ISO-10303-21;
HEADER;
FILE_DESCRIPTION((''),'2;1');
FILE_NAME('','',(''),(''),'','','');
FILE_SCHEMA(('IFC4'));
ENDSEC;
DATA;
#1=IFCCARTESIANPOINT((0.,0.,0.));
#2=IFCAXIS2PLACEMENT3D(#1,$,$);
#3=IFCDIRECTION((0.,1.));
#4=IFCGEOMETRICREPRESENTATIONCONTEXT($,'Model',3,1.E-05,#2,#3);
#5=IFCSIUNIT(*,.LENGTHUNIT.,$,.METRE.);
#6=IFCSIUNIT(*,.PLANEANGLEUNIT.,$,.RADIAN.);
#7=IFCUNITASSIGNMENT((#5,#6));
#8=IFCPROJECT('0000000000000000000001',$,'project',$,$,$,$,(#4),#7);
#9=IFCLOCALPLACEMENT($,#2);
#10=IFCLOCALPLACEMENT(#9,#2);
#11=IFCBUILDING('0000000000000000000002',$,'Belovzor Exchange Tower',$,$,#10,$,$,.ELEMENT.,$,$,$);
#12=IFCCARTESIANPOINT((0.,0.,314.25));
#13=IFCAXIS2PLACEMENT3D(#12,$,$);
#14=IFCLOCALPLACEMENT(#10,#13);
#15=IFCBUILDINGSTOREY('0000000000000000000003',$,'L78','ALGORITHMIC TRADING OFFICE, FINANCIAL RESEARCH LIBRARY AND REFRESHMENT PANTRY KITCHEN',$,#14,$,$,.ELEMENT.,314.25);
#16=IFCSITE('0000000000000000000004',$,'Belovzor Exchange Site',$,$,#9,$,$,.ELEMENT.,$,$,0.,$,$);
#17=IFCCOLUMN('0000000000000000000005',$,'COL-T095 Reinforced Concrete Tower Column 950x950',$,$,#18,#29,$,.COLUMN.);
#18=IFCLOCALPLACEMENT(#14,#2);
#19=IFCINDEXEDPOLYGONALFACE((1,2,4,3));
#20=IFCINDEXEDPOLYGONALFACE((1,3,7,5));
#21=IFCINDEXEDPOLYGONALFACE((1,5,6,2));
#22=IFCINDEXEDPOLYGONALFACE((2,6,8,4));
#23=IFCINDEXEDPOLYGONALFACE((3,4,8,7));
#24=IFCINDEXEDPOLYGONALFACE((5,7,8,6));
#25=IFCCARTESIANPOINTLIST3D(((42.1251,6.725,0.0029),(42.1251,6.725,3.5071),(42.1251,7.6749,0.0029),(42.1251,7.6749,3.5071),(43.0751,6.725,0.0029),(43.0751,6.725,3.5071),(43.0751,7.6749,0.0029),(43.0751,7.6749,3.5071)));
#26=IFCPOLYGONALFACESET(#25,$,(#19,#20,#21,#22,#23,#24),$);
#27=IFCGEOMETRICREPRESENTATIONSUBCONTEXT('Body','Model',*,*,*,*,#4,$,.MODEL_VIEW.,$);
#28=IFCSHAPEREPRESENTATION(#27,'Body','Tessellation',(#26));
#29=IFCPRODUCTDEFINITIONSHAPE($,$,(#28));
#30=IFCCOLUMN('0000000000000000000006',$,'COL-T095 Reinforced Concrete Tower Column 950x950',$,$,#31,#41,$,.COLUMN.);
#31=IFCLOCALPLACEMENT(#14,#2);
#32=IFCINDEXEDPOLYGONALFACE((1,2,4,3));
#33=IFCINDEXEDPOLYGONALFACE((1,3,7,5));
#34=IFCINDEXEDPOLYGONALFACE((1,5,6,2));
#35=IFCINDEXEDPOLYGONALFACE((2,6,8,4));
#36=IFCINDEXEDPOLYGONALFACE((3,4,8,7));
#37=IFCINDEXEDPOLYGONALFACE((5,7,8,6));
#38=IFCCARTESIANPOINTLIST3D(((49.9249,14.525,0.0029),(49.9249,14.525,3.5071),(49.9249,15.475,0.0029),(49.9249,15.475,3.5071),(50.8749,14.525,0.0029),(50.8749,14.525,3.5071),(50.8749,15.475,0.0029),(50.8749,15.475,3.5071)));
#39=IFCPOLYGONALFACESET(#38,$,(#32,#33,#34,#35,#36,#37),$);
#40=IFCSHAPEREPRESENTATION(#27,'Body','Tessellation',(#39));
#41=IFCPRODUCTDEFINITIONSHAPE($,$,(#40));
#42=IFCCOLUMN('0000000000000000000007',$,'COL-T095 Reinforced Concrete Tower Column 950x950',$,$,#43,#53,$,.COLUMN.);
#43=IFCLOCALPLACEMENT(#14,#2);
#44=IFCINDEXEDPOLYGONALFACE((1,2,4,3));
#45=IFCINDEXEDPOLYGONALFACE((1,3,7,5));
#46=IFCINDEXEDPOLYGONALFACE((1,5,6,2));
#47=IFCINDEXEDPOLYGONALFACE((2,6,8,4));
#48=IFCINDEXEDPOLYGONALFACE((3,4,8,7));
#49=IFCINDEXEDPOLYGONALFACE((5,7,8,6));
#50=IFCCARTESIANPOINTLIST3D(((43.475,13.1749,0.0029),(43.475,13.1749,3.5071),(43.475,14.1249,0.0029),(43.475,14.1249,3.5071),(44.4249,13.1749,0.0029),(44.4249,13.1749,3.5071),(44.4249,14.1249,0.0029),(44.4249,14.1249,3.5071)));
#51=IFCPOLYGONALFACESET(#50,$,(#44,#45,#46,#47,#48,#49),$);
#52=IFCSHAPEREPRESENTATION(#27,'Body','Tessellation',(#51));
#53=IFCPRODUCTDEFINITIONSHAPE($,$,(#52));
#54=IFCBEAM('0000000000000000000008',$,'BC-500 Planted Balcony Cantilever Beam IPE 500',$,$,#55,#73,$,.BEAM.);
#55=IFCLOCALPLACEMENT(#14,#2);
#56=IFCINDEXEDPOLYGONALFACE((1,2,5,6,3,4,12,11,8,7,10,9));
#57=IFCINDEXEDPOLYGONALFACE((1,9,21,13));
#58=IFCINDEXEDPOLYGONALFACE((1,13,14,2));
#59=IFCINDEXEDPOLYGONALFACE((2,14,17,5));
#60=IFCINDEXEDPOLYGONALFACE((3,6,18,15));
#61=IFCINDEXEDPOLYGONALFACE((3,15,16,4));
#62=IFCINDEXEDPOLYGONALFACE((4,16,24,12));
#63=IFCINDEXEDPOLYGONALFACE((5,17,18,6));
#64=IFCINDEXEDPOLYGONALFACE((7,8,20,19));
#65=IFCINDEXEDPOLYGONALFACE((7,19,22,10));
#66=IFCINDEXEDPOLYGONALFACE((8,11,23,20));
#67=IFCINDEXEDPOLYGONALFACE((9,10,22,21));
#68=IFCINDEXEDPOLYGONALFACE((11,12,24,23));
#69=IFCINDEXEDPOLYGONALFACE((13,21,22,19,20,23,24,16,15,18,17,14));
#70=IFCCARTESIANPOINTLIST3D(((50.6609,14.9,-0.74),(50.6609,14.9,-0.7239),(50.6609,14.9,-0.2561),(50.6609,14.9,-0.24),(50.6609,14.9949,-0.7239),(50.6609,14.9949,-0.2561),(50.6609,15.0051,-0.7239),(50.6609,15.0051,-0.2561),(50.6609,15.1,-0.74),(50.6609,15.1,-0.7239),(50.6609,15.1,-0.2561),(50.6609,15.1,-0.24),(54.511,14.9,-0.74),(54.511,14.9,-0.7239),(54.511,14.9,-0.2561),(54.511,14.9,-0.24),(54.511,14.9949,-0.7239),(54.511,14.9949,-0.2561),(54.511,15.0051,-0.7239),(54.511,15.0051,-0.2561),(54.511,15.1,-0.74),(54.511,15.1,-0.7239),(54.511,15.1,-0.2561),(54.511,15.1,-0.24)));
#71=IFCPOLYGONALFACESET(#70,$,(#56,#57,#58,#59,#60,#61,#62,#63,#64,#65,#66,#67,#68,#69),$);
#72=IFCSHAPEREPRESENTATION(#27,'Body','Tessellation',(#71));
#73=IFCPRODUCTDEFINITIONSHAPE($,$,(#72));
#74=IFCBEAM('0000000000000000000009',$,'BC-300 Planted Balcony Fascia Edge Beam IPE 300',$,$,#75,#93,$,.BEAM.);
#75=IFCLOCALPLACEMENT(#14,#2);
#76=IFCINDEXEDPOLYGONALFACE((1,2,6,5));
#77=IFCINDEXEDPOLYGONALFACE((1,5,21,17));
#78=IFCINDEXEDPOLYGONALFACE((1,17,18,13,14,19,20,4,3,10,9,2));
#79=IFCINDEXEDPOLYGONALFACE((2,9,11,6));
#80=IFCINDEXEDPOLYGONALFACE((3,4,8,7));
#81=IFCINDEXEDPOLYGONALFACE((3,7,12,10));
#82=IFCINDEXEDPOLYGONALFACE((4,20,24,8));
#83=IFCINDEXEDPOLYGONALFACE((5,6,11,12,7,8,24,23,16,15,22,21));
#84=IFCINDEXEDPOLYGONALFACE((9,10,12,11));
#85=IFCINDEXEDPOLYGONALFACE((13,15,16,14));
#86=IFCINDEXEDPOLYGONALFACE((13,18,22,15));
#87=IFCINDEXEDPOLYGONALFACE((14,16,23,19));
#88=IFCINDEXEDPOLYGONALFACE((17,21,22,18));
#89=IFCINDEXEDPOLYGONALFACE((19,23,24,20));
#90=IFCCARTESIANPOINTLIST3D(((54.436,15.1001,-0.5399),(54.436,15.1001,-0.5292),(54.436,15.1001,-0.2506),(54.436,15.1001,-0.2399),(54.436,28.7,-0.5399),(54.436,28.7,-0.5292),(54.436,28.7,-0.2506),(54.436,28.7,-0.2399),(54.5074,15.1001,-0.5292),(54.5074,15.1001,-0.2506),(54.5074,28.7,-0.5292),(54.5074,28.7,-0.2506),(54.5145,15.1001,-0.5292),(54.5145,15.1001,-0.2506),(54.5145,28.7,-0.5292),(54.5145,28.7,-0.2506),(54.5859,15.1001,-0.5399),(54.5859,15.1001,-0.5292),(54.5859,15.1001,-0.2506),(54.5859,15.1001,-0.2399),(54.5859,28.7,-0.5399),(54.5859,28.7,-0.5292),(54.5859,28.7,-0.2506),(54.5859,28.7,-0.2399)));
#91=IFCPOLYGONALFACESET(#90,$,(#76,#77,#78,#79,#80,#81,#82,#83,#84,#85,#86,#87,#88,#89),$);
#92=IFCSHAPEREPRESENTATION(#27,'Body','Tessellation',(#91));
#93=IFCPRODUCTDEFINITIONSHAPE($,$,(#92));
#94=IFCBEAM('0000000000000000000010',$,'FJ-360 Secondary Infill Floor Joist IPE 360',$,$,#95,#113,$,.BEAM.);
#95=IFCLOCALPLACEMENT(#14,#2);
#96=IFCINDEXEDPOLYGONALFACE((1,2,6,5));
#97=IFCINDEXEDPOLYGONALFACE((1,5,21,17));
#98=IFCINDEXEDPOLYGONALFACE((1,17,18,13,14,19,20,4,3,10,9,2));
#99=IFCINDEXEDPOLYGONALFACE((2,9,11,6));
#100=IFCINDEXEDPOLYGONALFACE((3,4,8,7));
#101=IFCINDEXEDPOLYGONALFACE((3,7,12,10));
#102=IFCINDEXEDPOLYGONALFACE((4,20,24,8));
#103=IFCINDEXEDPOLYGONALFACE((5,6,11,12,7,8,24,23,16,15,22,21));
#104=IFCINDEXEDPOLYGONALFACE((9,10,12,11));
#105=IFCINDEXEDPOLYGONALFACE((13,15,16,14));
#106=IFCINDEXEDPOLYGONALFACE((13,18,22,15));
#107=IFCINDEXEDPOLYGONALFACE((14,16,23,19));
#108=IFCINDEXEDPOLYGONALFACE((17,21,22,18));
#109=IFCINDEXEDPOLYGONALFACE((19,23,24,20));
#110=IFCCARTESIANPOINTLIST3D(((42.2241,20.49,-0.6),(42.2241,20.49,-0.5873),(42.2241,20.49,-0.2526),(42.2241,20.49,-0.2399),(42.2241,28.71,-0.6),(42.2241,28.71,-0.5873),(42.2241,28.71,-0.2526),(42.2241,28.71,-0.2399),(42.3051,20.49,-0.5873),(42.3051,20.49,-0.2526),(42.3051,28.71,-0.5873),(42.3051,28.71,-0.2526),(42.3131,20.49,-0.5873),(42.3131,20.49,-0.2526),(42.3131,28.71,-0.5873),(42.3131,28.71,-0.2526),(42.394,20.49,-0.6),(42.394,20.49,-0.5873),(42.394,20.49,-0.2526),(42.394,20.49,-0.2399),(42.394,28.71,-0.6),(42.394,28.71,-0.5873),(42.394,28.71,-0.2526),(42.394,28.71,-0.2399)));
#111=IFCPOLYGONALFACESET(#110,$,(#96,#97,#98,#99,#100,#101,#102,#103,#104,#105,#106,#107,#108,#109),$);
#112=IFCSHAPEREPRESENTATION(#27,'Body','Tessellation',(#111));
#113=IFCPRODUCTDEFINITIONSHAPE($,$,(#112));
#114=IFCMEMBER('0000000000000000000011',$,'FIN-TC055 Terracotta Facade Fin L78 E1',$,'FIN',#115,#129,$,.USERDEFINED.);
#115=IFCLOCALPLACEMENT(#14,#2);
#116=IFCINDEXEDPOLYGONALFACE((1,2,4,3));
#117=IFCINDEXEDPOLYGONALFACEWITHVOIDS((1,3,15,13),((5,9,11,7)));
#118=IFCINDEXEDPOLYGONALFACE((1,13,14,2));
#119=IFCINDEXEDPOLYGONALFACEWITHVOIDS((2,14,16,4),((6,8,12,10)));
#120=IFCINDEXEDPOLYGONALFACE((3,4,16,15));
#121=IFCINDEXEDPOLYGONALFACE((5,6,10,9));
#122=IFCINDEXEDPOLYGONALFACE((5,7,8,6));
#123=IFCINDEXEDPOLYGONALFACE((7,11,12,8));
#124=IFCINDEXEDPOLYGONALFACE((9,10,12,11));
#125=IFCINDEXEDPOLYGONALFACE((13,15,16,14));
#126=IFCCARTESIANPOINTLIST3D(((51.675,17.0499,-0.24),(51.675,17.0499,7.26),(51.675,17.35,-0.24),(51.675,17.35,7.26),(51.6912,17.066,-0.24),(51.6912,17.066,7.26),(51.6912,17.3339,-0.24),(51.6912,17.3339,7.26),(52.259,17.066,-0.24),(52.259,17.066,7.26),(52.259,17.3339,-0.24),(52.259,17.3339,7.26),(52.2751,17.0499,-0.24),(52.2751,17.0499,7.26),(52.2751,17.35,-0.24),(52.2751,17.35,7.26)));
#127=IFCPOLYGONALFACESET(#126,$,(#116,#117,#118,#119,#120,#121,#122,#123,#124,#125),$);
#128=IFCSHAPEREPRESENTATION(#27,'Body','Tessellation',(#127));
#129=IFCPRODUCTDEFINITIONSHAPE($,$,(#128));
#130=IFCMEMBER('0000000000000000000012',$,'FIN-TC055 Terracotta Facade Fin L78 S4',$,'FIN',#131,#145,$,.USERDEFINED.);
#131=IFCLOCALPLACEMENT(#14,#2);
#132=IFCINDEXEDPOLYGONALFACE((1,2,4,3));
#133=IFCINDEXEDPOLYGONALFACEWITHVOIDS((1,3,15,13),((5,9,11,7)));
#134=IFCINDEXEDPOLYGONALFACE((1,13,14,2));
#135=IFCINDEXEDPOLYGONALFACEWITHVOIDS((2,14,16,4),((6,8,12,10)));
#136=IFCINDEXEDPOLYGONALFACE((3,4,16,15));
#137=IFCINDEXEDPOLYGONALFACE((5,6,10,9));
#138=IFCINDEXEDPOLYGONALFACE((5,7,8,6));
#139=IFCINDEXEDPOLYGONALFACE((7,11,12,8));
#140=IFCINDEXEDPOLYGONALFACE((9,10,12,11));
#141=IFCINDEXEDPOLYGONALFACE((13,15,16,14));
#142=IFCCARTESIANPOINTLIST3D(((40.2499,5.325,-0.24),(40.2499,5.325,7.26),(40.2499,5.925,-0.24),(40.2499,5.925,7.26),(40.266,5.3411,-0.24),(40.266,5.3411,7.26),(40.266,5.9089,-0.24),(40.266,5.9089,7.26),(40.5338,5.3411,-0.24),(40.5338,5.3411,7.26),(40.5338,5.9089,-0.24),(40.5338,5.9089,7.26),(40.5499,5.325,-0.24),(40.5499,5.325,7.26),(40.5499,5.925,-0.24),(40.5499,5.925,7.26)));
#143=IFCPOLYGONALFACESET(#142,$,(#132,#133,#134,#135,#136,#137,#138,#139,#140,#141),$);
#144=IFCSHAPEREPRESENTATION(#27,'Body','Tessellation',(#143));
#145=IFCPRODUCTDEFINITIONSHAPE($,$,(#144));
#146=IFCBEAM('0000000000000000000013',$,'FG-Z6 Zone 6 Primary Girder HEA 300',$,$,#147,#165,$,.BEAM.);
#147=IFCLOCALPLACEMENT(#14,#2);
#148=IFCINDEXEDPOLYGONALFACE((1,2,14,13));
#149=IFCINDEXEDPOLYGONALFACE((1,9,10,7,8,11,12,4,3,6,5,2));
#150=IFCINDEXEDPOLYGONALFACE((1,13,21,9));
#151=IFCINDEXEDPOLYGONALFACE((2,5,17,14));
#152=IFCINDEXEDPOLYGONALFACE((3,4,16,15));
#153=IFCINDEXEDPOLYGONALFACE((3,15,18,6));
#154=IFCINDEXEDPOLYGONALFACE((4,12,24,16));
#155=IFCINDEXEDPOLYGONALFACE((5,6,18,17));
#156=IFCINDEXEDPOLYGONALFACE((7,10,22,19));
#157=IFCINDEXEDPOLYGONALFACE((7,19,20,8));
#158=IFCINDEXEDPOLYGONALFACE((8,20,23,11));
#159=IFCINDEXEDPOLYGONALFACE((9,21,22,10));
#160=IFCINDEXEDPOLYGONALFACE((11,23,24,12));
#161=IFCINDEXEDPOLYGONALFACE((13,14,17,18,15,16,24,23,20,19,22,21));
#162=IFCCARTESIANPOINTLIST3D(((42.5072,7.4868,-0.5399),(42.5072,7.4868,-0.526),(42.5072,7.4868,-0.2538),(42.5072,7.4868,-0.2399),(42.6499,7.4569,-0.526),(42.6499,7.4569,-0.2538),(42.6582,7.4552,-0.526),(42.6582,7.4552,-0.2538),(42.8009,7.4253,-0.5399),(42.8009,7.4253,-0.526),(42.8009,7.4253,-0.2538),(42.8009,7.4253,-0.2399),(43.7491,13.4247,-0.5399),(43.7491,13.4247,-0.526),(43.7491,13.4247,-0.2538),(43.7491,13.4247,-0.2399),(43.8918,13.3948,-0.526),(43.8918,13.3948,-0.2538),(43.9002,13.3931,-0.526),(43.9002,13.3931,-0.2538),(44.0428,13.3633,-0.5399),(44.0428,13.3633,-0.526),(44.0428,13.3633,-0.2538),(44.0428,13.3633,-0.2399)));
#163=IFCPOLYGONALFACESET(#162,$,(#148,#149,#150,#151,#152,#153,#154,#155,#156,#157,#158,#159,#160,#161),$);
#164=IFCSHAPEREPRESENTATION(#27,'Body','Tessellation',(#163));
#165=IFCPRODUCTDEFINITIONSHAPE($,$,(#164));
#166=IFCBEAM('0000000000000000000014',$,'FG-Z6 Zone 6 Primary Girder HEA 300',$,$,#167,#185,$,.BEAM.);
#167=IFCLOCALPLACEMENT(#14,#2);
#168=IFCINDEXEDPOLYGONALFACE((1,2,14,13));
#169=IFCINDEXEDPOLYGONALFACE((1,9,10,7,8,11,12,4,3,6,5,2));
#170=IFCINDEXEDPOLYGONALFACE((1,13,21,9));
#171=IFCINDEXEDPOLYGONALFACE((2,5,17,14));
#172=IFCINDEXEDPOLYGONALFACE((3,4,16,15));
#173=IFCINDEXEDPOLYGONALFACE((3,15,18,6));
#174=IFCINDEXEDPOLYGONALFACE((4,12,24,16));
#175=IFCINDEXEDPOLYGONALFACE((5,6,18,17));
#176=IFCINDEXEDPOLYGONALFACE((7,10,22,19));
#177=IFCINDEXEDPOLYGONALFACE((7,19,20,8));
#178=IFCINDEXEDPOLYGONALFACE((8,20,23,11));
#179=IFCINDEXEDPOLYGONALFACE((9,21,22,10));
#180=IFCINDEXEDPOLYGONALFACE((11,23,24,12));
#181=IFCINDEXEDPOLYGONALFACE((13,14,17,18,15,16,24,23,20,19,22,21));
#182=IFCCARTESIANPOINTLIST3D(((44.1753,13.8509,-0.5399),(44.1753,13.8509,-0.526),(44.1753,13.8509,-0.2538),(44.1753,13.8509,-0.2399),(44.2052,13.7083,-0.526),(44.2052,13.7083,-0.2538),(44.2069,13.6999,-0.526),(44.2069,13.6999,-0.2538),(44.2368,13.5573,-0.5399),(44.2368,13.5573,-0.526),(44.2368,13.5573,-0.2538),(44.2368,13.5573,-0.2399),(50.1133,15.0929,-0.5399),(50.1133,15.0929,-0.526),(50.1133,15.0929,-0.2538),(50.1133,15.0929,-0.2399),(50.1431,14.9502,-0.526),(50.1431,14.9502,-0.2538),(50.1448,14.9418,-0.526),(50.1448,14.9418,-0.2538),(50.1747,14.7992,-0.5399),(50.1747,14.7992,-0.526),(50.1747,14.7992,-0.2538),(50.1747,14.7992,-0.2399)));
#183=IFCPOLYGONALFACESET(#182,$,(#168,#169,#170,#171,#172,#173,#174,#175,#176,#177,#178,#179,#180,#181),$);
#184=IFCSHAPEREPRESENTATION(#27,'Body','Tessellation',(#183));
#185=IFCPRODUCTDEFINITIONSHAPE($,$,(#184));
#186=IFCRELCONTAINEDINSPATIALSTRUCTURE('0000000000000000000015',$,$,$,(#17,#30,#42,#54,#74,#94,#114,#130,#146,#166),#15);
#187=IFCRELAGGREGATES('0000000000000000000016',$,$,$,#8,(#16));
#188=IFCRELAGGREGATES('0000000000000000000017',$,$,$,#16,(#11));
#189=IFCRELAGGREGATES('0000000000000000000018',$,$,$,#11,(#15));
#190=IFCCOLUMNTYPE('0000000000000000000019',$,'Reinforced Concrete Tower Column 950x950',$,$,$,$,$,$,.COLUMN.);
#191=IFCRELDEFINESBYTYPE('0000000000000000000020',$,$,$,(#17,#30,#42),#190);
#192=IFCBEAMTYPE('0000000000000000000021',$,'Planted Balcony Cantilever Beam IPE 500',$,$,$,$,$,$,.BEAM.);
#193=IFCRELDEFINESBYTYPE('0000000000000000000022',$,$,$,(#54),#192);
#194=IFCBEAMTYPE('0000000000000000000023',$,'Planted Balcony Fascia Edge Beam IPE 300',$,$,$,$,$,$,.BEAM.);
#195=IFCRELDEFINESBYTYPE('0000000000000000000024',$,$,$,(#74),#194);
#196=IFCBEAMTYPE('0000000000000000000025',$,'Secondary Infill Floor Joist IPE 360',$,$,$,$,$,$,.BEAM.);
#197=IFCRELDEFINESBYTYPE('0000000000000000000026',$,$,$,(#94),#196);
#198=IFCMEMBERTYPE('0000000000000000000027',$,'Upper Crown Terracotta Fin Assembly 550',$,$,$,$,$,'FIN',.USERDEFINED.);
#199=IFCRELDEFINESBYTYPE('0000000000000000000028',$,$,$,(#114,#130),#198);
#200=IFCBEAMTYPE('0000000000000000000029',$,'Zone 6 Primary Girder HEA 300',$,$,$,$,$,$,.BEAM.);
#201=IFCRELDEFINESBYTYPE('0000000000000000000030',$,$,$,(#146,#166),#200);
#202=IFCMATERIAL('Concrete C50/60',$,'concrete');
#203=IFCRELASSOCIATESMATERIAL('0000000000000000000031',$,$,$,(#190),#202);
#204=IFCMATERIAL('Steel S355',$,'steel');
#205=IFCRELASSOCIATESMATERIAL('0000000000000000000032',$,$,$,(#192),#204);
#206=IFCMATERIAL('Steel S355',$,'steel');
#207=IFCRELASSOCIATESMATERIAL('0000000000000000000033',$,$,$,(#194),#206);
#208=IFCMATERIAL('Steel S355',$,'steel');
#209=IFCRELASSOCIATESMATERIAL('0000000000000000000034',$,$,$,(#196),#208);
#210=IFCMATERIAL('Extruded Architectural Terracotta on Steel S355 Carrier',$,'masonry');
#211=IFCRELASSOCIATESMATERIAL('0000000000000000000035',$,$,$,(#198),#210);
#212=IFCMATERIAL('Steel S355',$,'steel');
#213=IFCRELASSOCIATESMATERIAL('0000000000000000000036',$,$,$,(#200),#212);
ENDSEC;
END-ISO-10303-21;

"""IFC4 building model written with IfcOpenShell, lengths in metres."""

from ifc_helpers import new_model, si_unit, direction, frame, origin, origin_2d, place, context, subcontext, project, spatial, rectangle, hollow_rectangle, i_section, extrude, material, material_profile, profile_set, type_object, element, save


model = new_model("IFC4")

# Units and contexts
model_context = context("Model", 3, precision=1e-05, world=origin(), true_north=direction((0.0, 1.0)))
body_context = subcontext(model_context, "Body", "Model", "MODEL_VIEW")
ifc_project = project(units=[si_unit("LENGTHUNIT", "METRE"), si_unit("PLANEANGLEUNIT", "RADIAN")], contexts=[model_context])

# Site, building, storey
site_placement = place(None, origin())
site = spatial("IfcSite", under=ifc_project, at=site_placement, Name="Belovzor Exchange Site", CompositionType="ELEMENT", RefElevation=0.0)
building_placement = place(site_placement, origin())
building = spatial("IfcBuilding", under=site, at=building_placement, Name="Belovzor Exchange Tower", CompositionType="ELEMENT")
storey_placement = place(building_placement, frame((0.0, 0.0, 314.25)))
storey = spatial("IfcBuildingStorey", under=building, at=storey_placement, Name="L78", Description="ALGORITHMIC TRADING OFFICE, FINANCIAL RESEARCH LIBRARY AND REFRESHMENT PANTRY KITCHEN", CompositionType="ELEMENT", Elevation=314.25)

# Columns
ifc_material_1 = material(Name="Concrete C50/60", Category="concrete")
ifc_material_profile_1 = material_profile(ifc_material_1, rectangle(XDim=0.95, YDim=0.95, at=origin_2d()))
ifc_profile_set_1 = profile_set([ifc_material_profile_1], Name="Concrete C50/60")
column_type = type_object("IfcColumnType", Name="Reinforced Concrete Tower Column 950x950", PredefinedType="COLUMN", material=ifc_profile_set_1)
for number, where, z_axis, x_axis, name in (
    (1, (42.6001, 7.2, 0.0029), (0.0, 0.0, 1.0), (1.0, 0.0, 0.0), "COL-T095 Reinforced Concrete Tower Column 950x950"),
    (2, (50.3999, 15.0, 0.0029), (0.0, 0.0, 1.0), (1.0, 0.0, 0.0), "COL-T095 Reinforced Concrete Tower Column 950x950"),
    (3, (43.95, 13.6499, 0.0029), (0.0, 0.0, 1.0), (1.0, 0.0, 0.0), "COL-T095 Reinforced Concrete Tower Column 950x950"),
):
    element("IfcColumn", number, at=place(storey_placement, frame(where, z_axis=z_axis, x_axis=x_axis)), inside=storey, type_object=column_type, Name=name, PredefinedType="COLUMN", context=body_context, shape_type="SweptSolid", body=[
        extrude(rectangle(XDim=0.95, YDim=0.95, at=origin_2d()), origin(), (0.0, 0.0, 1.0), 3.5042),
    ])

# Beams
ifc_material_2 = material(Name="Steel S355", Category="steel")
ifc_material_profile_2 = material_profile(ifc_material_2, i_section(OverallWidth=0.2, OverallDepth=0.5, WebThickness=0.0103, FlangeThickness=0.0161, at=origin_2d()))
ifc_profile_set_2 = profile_set([ifc_material_profile_2], Name="Steel S355")
beam_type_1 = type_object("IfcBeamType", Name="Planted Balcony Cantilever Beam IPE 500", PredefinedType="BEAM", material=ifc_profile_set_2)
beam_1_placement = place(storey_placement, frame((50.6609, 15.0, -0.49), z_axis=(1.0, 0.0, 0.0), x_axis=(0.0, 1.0, 0.0)))
element("IfcBeam", 4, at=beam_1_placement, inside=storey, type_object=beam_type_1, Name="BC-500 Planted Balcony Cantilever Beam IPE 500", PredefinedType="BEAM", context=body_context, shape_type="SweptSolid", body=[
    extrude(i_section(OverallWidth=0.2, OverallDepth=0.5, WebThickness=0.0103, FlangeThickness=0.0161, at=origin_2d()), origin(), (0.0, 0.0, 1.0), 3.8501),
])
ifc_material_3 = material(Name="Steel S355", Category="steel")
ifc_material_profile_3 = material_profile(ifc_material_3, i_section(OverallWidth=0.1499, OverallDepth=0.3, WebThickness=0.0071, FlangeThickness=0.0107, at=origin_2d()))
ifc_profile_set_3 = profile_set([ifc_material_profile_3], Name="Steel S355")
beam_type_2 = type_object("IfcBeamType", Name="Planted Balcony Fascia Edge Beam IPE 300", PredefinedType="BEAM", material=ifc_profile_set_3)
beam_2_placement = place(storey_placement, frame((54.511, 15.1001, -0.3899), z_axis=(0.0, 1.0, 0.0), x_axis=(-1.0, 0.0, 0.0)))
element("IfcBeam", 5, at=beam_2_placement, inside=storey, type_object=beam_type_2, Name="BC-300 Planted Balcony Fascia Edge Beam IPE 300", PredefinedType="BEAM", context=body_context, shape_type="SweptSolid", body=[
    extrude(i_section(OverallWidth=0.1499, OverallDepth=0.3, WebThickness=0.0071, FlangeThickness=0.0107, at=origin_2d()), origin(), (0.0, 0.0, 1.0), 13.5999),
])
ifc_material_4 = material(Name="Steel S355", Category="steel")
ifc_material_profile_4 = material_profile(ifc_material_4, i_section(OverallWidth=0.1699, OverallDepth=0.3601, WebThickness=0.0081, FlangeThickness=0.0127, at=origin_2d()))
ifc_profile_set_4 = profile_set([ifc_material_profile_4], Name="Steel S355")
beam_type_3 = type_object("IfcBeamType", Name="Secondary Infill Floor Joist IPE 360", PredefinedType="BEAM", material=ifc_profile_set_4)
beam_3_placement = place(storey_placement, frame((42.3091, 20.49, -0.4199), z_axis=(0.0, 1.0, 0.0), x_axis=(-1.0, 0.0, 0.0)))
element("IfcBeam", 6, at=beam_3_placement, inside=storey, type_object=beam_type_3, Name="FJ-360 Secondary Infill Floor Joist IPE 360", PredefinedType="BEAM", context=body_context, shape_type="SweptSolid", body=[
    extrude(i_section(OverallWidth=0.1699, OverallDepth=0.3601, WebThickness=0.0081, FlangeThickness=0.0127, at=origin_2d()), origin(), (0.0, 0.0, 1.0), 8.22),
])

# Members
ifc_material_5 = material(Name="Extruded Architectural Terracotta on Steel S355 Carrier", Category="masonry")
ifc_material_profile_5 = material_profile(ifc_material_5, hollow_rectangle(XDim=0.3, YDim=0.6001, WallThickness=0.0161, at=origin_2d()))
ifc_profile_set_5 = profile_set([ifc_material_profile_5], Name="Extruded Architectural Terracotta on Steel S355 Carrier")
member_type = type_object("IfcMemberType", Name="Upper Crown Terracotta Fin Assembly 550", ElementType="FIN", PredefinedType="USERDEFINED", material=ifc_profile_set_5)
for number, where, z_axis, x_axis, name in (
    (7, (51.9751, 17.2, -0.24), (0.0, 0.0, 1.0), (0.0, 1.0, 0.0), "FIN-TC055 Terracotta Facade Fin L78 E1"),
    (8, (40.3999, 5.625, -0.24), (0.0, 0.0, 1.0), (1.0, 0.0, 0.0), "FIN-TC055 Terracotta Facade Fin L78 S4"),
):
    element("IfcMember", number, at=place(storey_placement, frame(where, z_axis=z_axis, x_axis=x_axis)), inside=storey, type_object=member_type, Name=name, ObjectType="FIN", PredefinedType="USERDEFINED", context=body_context, shape_type="SweptSolid", body=[
        extrude(hollow_rectangle(XDim=0.3, YDim=0.6001, WallThickness=0.0161, at=origin_2d()), origin(), (0.0, 0.0, 1.0), 7.5),
    ])

# Beams
ifc_material_6 = material(Name="Steel S355", Category="steel")
ifc_material_profile_6 = material_profile(ifc_material_6, i_section(OverallWidth=0.3, OverallDepth=0.3, WebThickness=0.0085, FlangeThickness=0.0139, at=origin_2d()))
ifc_profile_set_6 = profile_set([ifc_material_profile_6], Name="Steel S355")
beam_type_4 = type_object("IfcBeamType", Name="Zone 6 Primary Girder HEA 300", PredefinedType="BEAM", material=ifc_profile_set_6)
for number, where, z_axis, x_axis, name in (
    (9, (42.6541, 7.4561, -0.3899), (0.204722, 0.97882, 0.0), (-0.97882, 0.204722, 0.0), "FG-Z6 Zone 6 Primary Girder HEA 300"),
    (10, (44.2061, 13.7041, -0.3899), (0.97882, 0.204722, 0.0), (-0.204722, 0.97882, 0.0), "FG-Z6 Zone 6 Primary Girder HEA 300"),
):
    element("IfcBeam", number, at=place(storey_placement, frame(where, z_axis=z_axis, x_axis=x_axis)), inside=storey, type_object=beam_type_4, Name=name, PredefinedType="BEAM", context=body_context, shape_type="SweptSolid", body=[
        extrude(i_section(OverallWidth=0.3, OverallDepth=0.3, WebThickness=0.0085, FlangeThickness=0.0139, at=origin_2d()), origin(), (0.0, 0.0, 1.0), 6.0664),
    ])

save(model, "model.ifc")
